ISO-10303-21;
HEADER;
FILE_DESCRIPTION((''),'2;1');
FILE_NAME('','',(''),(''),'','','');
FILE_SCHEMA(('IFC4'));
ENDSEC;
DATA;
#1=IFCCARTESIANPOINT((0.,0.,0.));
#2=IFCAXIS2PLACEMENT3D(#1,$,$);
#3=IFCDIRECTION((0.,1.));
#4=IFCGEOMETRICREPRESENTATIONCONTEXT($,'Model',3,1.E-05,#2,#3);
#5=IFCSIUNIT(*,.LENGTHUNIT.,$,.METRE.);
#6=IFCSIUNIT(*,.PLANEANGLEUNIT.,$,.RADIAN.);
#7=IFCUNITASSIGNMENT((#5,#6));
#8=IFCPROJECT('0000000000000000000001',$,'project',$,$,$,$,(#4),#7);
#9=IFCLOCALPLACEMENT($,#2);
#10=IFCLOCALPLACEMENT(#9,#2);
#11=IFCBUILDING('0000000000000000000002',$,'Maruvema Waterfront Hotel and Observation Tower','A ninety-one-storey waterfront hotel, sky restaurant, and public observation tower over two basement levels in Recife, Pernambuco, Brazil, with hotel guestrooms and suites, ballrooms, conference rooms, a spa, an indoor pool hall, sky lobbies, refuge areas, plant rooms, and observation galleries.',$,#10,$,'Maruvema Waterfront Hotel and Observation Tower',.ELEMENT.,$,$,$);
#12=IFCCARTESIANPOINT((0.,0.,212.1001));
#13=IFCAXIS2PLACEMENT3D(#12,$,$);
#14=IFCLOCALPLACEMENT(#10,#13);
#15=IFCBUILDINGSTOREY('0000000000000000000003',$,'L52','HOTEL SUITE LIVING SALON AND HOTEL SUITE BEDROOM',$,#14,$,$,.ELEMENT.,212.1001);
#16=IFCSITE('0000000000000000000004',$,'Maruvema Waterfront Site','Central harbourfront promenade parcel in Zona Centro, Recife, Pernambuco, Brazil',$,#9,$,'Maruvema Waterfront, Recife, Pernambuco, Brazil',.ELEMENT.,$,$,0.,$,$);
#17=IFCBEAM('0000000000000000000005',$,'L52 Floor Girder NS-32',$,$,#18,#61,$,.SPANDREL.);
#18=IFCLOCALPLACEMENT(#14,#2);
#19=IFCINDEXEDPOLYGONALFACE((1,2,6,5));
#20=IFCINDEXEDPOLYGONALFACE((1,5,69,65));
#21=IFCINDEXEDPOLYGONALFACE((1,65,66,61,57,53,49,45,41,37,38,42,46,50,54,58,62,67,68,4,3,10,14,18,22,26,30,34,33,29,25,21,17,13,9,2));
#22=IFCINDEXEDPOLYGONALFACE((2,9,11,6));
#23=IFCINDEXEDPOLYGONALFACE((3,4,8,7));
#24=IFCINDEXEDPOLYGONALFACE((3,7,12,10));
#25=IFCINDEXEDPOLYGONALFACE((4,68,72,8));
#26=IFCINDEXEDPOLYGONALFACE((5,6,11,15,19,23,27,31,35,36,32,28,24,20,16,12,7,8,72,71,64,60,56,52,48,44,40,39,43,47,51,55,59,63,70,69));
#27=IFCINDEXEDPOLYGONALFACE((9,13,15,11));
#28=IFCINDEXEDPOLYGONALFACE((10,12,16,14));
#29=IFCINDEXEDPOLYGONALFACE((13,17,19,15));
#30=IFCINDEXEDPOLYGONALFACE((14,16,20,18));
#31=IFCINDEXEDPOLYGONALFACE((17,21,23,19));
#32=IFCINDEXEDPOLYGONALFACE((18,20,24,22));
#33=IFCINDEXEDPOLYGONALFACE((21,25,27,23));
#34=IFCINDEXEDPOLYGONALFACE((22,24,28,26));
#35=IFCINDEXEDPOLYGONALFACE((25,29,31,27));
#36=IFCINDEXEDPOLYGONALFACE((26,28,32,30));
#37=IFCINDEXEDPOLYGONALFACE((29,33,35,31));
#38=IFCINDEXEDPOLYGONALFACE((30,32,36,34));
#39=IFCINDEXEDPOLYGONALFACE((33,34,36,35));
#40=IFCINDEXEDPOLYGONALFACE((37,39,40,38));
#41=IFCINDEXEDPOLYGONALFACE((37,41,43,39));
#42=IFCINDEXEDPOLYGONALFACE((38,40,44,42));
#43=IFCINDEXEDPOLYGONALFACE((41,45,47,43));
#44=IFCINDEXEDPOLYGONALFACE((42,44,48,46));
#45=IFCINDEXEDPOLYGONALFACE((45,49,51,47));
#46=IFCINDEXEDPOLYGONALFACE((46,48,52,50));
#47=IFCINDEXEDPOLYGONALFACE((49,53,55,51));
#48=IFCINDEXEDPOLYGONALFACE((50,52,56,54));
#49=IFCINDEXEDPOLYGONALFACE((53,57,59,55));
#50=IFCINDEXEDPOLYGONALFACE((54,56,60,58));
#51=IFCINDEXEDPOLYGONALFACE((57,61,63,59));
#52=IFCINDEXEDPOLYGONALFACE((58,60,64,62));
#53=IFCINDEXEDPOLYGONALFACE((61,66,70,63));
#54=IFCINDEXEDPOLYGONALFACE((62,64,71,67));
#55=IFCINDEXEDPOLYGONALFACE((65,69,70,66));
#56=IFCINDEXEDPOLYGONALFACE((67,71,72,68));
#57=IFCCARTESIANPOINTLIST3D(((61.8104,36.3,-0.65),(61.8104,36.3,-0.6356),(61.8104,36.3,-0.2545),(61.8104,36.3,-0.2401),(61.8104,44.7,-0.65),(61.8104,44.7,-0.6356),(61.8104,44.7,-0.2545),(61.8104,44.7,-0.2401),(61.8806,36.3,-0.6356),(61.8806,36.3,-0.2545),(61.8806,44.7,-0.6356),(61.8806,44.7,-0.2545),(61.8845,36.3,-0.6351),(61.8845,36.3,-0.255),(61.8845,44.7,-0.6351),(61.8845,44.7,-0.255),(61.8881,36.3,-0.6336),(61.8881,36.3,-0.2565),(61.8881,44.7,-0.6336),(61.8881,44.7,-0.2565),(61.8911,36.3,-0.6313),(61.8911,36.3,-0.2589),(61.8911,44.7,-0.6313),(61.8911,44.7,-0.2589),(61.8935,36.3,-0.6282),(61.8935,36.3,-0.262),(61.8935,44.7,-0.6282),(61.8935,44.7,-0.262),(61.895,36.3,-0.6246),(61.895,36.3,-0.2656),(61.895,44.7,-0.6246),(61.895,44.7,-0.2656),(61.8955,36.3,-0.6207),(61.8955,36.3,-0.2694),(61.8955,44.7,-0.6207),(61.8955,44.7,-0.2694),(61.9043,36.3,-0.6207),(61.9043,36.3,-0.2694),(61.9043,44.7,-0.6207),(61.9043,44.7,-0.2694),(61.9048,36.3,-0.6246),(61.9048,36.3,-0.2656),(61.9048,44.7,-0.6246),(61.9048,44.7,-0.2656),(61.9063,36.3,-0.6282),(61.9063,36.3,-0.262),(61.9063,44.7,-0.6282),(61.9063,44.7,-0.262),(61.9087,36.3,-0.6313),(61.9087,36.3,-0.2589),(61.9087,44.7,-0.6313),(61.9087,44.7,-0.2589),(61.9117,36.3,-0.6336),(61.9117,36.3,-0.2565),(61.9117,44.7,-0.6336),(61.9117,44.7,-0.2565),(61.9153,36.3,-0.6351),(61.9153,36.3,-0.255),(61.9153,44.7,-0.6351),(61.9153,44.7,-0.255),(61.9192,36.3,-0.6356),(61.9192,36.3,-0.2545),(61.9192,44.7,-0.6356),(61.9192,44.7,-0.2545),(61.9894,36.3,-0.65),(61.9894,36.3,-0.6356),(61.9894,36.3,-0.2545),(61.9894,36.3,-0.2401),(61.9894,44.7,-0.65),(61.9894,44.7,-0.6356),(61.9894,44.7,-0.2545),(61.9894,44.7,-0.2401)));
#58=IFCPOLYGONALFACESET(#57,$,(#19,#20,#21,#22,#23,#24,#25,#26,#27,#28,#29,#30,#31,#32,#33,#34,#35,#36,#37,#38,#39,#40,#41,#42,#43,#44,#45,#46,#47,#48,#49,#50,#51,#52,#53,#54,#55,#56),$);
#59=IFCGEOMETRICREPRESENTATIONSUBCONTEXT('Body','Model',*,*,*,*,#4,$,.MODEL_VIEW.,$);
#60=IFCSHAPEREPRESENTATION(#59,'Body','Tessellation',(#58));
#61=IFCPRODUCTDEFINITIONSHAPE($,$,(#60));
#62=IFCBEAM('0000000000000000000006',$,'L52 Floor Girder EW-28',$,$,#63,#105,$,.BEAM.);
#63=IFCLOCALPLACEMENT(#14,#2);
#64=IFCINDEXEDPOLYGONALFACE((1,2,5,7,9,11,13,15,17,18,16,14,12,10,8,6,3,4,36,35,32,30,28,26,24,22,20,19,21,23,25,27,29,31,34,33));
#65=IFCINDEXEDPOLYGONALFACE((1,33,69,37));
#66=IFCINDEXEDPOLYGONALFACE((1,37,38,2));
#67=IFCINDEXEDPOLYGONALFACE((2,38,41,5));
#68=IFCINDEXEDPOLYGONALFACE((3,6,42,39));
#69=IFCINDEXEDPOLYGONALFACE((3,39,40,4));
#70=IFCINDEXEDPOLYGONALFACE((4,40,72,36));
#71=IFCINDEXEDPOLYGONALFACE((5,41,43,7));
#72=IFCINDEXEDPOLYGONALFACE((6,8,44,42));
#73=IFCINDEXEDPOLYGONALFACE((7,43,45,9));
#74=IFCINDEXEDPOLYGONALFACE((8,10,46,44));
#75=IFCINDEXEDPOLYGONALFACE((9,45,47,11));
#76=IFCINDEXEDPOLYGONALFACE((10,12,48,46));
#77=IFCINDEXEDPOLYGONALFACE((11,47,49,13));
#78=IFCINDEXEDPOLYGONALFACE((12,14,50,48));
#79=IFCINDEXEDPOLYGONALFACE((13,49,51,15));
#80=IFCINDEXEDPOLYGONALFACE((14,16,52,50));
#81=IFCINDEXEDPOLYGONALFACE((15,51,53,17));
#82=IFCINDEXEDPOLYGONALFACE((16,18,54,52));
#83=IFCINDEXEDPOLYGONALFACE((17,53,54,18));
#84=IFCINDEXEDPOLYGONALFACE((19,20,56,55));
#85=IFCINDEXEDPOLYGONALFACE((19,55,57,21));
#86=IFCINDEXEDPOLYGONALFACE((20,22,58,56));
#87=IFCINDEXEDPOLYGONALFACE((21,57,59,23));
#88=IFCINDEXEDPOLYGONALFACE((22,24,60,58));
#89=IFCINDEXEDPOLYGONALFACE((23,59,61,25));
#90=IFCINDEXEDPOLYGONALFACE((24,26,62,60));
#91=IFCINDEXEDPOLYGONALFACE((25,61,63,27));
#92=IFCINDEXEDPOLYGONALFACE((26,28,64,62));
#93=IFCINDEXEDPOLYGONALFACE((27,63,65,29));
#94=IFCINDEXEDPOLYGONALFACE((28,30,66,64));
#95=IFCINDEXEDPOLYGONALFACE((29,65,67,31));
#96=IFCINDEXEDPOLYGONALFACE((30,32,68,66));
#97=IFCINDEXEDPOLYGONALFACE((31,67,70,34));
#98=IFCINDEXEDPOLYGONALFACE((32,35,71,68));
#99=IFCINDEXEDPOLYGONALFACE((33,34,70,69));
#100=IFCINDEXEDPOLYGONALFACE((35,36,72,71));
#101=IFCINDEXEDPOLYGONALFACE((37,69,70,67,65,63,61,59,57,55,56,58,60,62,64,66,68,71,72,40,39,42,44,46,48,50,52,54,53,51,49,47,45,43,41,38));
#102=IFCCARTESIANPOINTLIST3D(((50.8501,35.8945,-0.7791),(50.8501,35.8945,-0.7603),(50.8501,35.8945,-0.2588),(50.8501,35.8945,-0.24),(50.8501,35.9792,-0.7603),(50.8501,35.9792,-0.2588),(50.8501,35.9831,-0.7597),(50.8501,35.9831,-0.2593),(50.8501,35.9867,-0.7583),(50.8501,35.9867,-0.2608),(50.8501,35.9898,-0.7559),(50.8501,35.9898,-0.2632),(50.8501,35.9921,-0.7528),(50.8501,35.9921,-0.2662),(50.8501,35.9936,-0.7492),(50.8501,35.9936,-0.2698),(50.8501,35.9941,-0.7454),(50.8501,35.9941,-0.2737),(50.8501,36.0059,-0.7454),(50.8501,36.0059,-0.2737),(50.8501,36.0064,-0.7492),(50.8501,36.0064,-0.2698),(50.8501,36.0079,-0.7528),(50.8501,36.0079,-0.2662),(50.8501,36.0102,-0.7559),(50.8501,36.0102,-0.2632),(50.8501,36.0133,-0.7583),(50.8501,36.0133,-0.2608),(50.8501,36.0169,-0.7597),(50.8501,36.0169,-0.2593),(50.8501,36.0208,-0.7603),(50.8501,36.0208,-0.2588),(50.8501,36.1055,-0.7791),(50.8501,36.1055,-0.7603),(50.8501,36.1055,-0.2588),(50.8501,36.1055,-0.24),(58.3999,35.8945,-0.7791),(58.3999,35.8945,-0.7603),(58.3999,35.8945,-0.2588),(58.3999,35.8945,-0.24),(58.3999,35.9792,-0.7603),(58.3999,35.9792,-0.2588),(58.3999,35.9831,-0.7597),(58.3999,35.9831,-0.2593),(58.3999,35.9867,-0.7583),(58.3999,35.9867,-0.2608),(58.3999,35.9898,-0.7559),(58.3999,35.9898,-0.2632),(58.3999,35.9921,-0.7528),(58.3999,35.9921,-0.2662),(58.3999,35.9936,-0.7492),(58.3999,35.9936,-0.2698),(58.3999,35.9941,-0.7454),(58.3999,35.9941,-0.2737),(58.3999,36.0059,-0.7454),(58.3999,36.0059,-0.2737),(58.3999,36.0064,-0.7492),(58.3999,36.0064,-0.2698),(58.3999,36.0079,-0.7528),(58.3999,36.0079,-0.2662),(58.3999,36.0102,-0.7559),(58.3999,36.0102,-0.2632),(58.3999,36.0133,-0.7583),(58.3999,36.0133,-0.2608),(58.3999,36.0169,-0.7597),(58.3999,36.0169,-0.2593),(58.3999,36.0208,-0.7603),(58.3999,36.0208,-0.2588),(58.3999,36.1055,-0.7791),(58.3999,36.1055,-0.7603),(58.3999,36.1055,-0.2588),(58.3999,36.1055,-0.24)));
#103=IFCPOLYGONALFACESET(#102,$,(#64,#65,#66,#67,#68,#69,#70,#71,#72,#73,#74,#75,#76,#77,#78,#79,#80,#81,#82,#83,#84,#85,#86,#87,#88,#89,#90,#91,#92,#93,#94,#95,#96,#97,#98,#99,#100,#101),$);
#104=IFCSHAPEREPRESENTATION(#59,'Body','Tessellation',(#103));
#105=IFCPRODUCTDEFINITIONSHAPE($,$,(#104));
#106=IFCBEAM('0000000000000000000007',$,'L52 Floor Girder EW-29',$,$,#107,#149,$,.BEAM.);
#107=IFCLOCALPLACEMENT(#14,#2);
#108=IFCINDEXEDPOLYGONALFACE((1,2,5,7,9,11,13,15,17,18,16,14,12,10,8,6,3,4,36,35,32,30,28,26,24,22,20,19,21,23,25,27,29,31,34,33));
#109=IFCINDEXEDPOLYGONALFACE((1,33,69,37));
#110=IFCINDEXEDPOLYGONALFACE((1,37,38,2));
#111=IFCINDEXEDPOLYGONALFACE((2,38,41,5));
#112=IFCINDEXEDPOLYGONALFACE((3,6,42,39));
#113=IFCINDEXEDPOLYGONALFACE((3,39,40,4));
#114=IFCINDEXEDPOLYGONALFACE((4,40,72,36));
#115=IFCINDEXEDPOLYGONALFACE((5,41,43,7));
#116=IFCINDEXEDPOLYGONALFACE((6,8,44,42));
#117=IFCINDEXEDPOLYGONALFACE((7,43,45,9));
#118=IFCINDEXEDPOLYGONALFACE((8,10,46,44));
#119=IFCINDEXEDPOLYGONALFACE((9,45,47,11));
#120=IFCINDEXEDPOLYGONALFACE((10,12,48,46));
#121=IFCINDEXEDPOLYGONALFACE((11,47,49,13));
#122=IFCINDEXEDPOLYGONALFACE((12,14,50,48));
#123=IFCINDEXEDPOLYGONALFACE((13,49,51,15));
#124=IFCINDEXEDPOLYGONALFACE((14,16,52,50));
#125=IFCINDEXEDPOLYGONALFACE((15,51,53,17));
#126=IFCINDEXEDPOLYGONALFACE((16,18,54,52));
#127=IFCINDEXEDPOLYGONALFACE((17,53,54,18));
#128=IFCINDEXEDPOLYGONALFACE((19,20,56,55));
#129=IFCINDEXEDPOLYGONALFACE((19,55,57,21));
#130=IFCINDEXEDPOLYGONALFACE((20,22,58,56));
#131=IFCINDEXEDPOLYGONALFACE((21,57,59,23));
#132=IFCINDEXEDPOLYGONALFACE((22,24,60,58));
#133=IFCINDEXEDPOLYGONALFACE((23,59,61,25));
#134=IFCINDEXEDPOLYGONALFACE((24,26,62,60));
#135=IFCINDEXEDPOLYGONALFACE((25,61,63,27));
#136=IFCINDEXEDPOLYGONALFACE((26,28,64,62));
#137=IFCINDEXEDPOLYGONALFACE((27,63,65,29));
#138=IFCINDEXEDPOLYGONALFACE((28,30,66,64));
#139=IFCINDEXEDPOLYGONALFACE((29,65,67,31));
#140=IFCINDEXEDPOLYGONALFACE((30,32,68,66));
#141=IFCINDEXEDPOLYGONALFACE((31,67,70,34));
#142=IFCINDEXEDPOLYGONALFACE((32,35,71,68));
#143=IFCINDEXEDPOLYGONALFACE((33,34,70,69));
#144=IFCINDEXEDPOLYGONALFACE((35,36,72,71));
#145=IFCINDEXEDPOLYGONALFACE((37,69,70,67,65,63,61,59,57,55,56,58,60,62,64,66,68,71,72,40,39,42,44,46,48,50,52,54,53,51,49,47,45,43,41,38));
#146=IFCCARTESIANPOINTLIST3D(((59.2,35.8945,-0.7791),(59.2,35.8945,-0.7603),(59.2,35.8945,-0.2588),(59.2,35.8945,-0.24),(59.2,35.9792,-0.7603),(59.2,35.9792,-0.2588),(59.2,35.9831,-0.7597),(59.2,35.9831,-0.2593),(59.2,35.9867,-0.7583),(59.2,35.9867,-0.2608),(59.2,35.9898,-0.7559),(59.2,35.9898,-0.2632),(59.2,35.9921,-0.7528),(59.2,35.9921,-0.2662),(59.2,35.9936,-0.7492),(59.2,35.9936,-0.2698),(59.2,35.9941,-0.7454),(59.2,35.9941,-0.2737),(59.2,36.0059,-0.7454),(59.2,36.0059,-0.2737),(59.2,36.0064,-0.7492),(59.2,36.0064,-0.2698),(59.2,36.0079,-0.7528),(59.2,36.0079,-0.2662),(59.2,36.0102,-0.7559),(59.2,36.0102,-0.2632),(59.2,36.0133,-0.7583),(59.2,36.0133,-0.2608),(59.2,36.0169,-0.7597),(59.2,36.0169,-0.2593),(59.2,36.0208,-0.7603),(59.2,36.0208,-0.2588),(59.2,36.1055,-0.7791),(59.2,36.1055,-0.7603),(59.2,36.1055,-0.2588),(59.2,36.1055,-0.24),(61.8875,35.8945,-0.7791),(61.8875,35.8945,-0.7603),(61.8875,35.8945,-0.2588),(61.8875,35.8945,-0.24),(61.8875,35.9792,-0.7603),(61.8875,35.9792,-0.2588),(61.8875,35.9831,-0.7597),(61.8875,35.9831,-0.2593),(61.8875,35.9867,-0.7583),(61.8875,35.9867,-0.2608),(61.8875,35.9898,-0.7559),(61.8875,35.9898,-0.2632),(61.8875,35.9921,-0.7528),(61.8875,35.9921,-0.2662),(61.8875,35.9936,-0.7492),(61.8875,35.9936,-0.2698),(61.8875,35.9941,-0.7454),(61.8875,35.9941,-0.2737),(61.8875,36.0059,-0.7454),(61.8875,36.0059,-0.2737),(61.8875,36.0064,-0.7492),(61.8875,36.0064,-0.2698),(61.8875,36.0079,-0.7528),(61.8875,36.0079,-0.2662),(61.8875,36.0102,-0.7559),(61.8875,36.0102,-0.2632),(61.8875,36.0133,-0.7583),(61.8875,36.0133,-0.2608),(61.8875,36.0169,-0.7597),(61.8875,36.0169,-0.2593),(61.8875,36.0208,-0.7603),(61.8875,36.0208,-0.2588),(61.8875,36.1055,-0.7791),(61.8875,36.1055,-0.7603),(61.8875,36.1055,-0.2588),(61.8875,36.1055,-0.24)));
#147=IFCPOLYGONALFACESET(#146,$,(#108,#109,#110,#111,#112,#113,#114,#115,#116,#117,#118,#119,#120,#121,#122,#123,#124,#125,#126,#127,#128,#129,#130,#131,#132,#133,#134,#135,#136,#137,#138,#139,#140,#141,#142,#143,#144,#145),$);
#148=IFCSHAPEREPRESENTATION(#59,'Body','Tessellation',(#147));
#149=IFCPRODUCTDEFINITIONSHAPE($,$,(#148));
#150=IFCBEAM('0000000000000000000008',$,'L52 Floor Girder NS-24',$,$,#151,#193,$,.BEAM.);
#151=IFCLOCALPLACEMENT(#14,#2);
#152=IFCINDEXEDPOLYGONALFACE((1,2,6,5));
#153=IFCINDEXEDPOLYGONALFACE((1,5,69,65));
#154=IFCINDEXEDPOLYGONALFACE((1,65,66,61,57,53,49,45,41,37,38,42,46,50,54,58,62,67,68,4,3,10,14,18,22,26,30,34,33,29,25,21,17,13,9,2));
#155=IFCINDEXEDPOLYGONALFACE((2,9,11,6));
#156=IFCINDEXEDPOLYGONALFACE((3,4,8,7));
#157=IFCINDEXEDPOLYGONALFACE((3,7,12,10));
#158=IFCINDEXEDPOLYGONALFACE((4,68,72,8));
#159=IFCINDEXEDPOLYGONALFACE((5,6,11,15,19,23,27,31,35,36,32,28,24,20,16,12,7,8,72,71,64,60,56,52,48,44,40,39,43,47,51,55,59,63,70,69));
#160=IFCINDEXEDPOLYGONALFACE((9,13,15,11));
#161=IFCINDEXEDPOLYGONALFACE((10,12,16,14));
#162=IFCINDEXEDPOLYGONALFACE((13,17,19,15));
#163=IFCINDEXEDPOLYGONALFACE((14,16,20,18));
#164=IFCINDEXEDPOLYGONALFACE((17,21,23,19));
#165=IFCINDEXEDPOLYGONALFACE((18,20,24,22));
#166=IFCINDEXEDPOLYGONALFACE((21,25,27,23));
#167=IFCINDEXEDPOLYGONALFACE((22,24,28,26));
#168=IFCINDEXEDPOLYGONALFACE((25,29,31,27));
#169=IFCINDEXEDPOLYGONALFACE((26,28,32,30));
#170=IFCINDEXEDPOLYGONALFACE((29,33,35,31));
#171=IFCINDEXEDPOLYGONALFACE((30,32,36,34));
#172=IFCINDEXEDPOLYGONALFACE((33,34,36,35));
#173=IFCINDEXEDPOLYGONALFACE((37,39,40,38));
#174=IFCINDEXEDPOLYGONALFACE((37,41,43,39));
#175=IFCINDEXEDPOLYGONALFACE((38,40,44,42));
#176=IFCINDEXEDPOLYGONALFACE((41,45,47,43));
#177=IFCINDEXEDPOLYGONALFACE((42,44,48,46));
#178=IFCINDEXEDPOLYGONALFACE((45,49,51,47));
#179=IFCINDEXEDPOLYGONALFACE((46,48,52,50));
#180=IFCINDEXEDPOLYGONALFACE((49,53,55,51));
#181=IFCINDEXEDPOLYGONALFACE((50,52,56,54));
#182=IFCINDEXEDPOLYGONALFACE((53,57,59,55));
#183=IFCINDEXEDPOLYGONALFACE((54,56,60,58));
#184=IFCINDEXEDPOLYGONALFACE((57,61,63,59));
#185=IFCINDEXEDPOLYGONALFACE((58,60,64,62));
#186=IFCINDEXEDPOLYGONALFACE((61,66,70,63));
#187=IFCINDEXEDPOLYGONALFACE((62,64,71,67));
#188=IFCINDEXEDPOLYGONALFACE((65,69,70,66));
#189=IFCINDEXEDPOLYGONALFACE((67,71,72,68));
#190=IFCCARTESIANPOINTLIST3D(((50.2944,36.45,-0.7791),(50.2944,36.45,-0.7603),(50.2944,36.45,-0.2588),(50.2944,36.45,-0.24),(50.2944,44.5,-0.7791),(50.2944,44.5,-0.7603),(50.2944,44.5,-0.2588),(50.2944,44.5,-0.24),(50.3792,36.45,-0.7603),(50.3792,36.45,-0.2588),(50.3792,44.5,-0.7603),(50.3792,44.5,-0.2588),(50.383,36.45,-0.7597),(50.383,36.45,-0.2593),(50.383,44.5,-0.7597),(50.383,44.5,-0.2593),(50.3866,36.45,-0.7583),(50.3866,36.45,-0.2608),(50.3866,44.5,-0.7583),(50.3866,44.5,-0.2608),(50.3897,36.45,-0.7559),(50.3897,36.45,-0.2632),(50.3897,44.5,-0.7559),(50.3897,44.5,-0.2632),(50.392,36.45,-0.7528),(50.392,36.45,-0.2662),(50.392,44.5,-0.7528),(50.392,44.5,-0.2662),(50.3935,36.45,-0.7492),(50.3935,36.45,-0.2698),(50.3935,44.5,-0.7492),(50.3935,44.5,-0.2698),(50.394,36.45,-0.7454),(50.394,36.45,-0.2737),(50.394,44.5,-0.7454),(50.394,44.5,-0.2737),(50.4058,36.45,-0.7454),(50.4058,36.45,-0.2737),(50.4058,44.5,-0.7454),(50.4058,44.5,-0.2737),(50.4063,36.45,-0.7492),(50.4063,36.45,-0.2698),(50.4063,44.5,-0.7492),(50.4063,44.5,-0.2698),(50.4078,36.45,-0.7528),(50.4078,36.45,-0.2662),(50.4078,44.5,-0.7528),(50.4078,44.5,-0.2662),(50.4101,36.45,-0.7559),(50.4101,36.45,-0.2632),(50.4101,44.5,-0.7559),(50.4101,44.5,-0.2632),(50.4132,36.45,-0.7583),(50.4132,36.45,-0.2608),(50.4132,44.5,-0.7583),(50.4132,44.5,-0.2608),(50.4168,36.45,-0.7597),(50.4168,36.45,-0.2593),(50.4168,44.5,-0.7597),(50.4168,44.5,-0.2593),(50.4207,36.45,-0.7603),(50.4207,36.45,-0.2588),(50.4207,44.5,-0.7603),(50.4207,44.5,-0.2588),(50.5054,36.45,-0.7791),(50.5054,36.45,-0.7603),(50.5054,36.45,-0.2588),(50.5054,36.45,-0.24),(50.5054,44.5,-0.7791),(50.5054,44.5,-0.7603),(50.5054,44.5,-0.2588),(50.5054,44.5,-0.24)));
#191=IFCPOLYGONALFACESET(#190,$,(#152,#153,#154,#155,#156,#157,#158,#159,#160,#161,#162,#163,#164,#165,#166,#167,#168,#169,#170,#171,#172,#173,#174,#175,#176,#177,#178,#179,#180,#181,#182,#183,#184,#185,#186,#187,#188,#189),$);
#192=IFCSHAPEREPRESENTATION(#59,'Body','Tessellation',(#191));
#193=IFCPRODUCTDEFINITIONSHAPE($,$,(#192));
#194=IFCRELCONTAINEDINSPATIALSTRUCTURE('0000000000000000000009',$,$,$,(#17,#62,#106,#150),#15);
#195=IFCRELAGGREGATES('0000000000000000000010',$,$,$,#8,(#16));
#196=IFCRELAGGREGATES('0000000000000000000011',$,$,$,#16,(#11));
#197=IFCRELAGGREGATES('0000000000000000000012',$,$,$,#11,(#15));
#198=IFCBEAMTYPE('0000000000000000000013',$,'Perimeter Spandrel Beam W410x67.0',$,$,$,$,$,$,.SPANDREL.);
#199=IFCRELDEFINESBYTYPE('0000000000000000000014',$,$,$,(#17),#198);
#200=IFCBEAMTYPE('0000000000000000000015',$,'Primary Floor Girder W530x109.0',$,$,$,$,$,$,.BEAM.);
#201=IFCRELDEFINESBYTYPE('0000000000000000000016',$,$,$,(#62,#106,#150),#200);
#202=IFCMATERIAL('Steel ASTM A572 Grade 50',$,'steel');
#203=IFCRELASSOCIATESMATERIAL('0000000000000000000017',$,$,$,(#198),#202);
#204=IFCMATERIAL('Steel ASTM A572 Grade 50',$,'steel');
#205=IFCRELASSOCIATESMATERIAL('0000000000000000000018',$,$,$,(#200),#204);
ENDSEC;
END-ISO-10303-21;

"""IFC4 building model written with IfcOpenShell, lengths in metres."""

from ifc_helpers import new_model, si_unit, direction, frame, origin, origin_2d, place, context, subcontext, project, spatial, i_section, extrude, material, material_profile, profile_set, type_object, element, save


model = new_model("IFC4")

# Units and contexts
model_context = context("Model", 3, precision=1e-05, world=origin(), true_north=direction((0.0, 1.0)))
body_context = subcontext(model_context, "Body", "Model", "MODEL_VIEW")
ifc_project = project(units=[si_unit("LENGTHUNIT", "METRE"), si_unit("PLANEANGLEUNIT", "RADIAN")], contexts=[model_context])

# Site, building, storey
site_placement = place(None, origin())
site = spatial("IfcSite", under=ifc_project, at=site_placement, Name="Maruvema Waterfront Site", Description="Central harbourfront promenade parcel in Zona Centro, Recife, Pernambuco, Brazil", LongName="Maruvema Waterfront, Recife, Pernambuco, Brazil", CompositionType="ELEMENT", RefElevation=0.0)
building_placement = place(site_placement, origin())
building = spatial("IfcBuilding", under=site, at=building_placement, Name="Maruvema Waterfront Hotel and Observation Tower", Description="A ninety-one-storey waterfront hotel, sky restaurant, and public observation tower over two basement levels in Recife, Pernambuco, Brazil, with hotel guestrooms and suites, ballrooms, conference rooms, a spa, an indoor pool hall, sky lobbies, refuge areas, plant rooms, and observation galleries.", LongName="Maruvema Waterfront Hotel and Observation Tower", CompositionType="ELEMENT")
storey_placement = place(building_placement, frame((0.0, 0.0, 212.1001)))
storey = spatial("IfcBuildingStorey", under=building, at=storey_placement, Name="L52", Description="HOTEL SUITE LIVING SALON AND HOTEL SUITE BEDROOM", CompositionType="ELEMENT", Elevation=212.1001)

# Beams
ifc_material_1 = material(Name="Steel ASTM A572 Grade 50", Category="steel")
ifc_material_profile_1 = material_profile(ifc_material_1, i_section(OverallWidth=0.179, OverallDepth=0.4099, WebThickness=0.0088, FlangeThickness=0.0144, FilletRadius=0.0149, at=origin_2d()), Name="W410x67.0")
ifc_profile_set_1 = profile_set([ifc_material_profile_1], Name="Steel ASTM A572 Grade 50")
beam_type_1 = type_object("IfcBeamType", Name="Perimeter Spandrel Beam W410x67.0", PredefinedType="SPANDREL", material=ifc_profile_set_1)
beam_1_placement = place(storey_placement, frame((61.8999, 36.3, -0.4451), z_axis=(0.0, 1.0, 0.0), x_axis=(-1.0, 0.0, 0.0)))
element("IfcBeam", 1, at=beam_1_placement, inside=storey, type_object=beam_type_1, Name="L52 Floor Girder NS-32", PredefinedType="SPANDREL", context=body_context, shape_type="SweptSolid", body=[
    extrude(i_section(OverallWidth=0.179, OverallDepth=0.4099, WebThickness=0.0088, FlangeThickness=0.0144, FilletRadius=0.0149, at=origin_2d()), origin(), (0.0, 0.0, 1.0), 8.3999),
])
ifc_material_2 = material(Name="Steel ASTM A572 Grade 50", Category="steel")
ifc_material_profile_2 = material_profile(ifc_material_2, i_section(OverallWidth=0.2109, OverallDepth=0.5391, WebThickness=0.0117, FlangeThickness=0.0188, FilletRadius=0.0149, at=origin_2d()), Name="W530x109.0")
ifc_profile_set_2 = profile_set([ifc_material_profile_2], Name="Steel ASTM A572 Grade 50")
beam_type_2 = type_object("IfcBeamType", Name="Primary Floor Girder W530x109.0", PredefinedType="BEAM", material=ifc_profile_set_2)
beam_2_placement = place(storey_placement, frame((50.8501, 36.0, -0.5095), z_axis=(1.0, 0.0, 0.0), x_axis=(0.0, 1.0, 0.0)))
element("IfcBeam", 2, at=beam_2_placement, inside=storey, type_object=beam_type_2, Name="L52 Floor Girder EW-28", PredefinedType="BEAM", context=body_context, shape_type="SweptSolid", body=[
    extrude(i_section(OverallWidth=0.2109, OverallDepth=0.5391, WebThickness=0.0117, FlangeThickness=0.0188, FilletRadius=0.0149, at=origin_2d()), origin(), (0.0, 0.0, 1.0), 7.5498),
])
beam_3_placement = place(storey_placement, frame((59.2, 36.0, -0.5095), z_axis=(1.0, 0.0, 0.0), x_axis=(0.0, 1.0, 0.0)))
element("IfcBeam", 3, at=beam_3_placement, inside=storey, type_object=beam_type_2, Name="L52 Floor Girder EW-29", PredefinedType="BEAM", context=body_context, shape_type="SweptSolid", body=[
    extrude(i_section(OverallWidth=0.2109, OverallDepth=0.5391, WebThickness=0.0117, FlangeThickness=0.0188, FilletRadius=0.0149, at=origin_2d()), origin(), (0.0, 0.0, 1.0), 2.6875),
])
beam_4_placement = place(storey_placement, frame((50.3999, 36.45, -0.5095), z_axis=(0.0, 1.0, 0.0), x_axis=(-1.0, 0.0, 0.0)))
element("IfcBeam", 4, at=beam_4_placement, inside=storey, type_object=beam_type_2, Name="L52 Floor Girder NS-24", PredefinedType="BEAM", context=body_context, shape_type="SweptSolid", body=[
    extrude(i_section(OverallWidth=0.2109, OverallDepth=0.5391, WebThickness=0.0117, FlangeThickness=0.0188, FilletRadius=0.0149, at=origin_2d()), origin(), (0.0, 0.0, 1.0), 8.05),
])

save(model, "model.ifc")
